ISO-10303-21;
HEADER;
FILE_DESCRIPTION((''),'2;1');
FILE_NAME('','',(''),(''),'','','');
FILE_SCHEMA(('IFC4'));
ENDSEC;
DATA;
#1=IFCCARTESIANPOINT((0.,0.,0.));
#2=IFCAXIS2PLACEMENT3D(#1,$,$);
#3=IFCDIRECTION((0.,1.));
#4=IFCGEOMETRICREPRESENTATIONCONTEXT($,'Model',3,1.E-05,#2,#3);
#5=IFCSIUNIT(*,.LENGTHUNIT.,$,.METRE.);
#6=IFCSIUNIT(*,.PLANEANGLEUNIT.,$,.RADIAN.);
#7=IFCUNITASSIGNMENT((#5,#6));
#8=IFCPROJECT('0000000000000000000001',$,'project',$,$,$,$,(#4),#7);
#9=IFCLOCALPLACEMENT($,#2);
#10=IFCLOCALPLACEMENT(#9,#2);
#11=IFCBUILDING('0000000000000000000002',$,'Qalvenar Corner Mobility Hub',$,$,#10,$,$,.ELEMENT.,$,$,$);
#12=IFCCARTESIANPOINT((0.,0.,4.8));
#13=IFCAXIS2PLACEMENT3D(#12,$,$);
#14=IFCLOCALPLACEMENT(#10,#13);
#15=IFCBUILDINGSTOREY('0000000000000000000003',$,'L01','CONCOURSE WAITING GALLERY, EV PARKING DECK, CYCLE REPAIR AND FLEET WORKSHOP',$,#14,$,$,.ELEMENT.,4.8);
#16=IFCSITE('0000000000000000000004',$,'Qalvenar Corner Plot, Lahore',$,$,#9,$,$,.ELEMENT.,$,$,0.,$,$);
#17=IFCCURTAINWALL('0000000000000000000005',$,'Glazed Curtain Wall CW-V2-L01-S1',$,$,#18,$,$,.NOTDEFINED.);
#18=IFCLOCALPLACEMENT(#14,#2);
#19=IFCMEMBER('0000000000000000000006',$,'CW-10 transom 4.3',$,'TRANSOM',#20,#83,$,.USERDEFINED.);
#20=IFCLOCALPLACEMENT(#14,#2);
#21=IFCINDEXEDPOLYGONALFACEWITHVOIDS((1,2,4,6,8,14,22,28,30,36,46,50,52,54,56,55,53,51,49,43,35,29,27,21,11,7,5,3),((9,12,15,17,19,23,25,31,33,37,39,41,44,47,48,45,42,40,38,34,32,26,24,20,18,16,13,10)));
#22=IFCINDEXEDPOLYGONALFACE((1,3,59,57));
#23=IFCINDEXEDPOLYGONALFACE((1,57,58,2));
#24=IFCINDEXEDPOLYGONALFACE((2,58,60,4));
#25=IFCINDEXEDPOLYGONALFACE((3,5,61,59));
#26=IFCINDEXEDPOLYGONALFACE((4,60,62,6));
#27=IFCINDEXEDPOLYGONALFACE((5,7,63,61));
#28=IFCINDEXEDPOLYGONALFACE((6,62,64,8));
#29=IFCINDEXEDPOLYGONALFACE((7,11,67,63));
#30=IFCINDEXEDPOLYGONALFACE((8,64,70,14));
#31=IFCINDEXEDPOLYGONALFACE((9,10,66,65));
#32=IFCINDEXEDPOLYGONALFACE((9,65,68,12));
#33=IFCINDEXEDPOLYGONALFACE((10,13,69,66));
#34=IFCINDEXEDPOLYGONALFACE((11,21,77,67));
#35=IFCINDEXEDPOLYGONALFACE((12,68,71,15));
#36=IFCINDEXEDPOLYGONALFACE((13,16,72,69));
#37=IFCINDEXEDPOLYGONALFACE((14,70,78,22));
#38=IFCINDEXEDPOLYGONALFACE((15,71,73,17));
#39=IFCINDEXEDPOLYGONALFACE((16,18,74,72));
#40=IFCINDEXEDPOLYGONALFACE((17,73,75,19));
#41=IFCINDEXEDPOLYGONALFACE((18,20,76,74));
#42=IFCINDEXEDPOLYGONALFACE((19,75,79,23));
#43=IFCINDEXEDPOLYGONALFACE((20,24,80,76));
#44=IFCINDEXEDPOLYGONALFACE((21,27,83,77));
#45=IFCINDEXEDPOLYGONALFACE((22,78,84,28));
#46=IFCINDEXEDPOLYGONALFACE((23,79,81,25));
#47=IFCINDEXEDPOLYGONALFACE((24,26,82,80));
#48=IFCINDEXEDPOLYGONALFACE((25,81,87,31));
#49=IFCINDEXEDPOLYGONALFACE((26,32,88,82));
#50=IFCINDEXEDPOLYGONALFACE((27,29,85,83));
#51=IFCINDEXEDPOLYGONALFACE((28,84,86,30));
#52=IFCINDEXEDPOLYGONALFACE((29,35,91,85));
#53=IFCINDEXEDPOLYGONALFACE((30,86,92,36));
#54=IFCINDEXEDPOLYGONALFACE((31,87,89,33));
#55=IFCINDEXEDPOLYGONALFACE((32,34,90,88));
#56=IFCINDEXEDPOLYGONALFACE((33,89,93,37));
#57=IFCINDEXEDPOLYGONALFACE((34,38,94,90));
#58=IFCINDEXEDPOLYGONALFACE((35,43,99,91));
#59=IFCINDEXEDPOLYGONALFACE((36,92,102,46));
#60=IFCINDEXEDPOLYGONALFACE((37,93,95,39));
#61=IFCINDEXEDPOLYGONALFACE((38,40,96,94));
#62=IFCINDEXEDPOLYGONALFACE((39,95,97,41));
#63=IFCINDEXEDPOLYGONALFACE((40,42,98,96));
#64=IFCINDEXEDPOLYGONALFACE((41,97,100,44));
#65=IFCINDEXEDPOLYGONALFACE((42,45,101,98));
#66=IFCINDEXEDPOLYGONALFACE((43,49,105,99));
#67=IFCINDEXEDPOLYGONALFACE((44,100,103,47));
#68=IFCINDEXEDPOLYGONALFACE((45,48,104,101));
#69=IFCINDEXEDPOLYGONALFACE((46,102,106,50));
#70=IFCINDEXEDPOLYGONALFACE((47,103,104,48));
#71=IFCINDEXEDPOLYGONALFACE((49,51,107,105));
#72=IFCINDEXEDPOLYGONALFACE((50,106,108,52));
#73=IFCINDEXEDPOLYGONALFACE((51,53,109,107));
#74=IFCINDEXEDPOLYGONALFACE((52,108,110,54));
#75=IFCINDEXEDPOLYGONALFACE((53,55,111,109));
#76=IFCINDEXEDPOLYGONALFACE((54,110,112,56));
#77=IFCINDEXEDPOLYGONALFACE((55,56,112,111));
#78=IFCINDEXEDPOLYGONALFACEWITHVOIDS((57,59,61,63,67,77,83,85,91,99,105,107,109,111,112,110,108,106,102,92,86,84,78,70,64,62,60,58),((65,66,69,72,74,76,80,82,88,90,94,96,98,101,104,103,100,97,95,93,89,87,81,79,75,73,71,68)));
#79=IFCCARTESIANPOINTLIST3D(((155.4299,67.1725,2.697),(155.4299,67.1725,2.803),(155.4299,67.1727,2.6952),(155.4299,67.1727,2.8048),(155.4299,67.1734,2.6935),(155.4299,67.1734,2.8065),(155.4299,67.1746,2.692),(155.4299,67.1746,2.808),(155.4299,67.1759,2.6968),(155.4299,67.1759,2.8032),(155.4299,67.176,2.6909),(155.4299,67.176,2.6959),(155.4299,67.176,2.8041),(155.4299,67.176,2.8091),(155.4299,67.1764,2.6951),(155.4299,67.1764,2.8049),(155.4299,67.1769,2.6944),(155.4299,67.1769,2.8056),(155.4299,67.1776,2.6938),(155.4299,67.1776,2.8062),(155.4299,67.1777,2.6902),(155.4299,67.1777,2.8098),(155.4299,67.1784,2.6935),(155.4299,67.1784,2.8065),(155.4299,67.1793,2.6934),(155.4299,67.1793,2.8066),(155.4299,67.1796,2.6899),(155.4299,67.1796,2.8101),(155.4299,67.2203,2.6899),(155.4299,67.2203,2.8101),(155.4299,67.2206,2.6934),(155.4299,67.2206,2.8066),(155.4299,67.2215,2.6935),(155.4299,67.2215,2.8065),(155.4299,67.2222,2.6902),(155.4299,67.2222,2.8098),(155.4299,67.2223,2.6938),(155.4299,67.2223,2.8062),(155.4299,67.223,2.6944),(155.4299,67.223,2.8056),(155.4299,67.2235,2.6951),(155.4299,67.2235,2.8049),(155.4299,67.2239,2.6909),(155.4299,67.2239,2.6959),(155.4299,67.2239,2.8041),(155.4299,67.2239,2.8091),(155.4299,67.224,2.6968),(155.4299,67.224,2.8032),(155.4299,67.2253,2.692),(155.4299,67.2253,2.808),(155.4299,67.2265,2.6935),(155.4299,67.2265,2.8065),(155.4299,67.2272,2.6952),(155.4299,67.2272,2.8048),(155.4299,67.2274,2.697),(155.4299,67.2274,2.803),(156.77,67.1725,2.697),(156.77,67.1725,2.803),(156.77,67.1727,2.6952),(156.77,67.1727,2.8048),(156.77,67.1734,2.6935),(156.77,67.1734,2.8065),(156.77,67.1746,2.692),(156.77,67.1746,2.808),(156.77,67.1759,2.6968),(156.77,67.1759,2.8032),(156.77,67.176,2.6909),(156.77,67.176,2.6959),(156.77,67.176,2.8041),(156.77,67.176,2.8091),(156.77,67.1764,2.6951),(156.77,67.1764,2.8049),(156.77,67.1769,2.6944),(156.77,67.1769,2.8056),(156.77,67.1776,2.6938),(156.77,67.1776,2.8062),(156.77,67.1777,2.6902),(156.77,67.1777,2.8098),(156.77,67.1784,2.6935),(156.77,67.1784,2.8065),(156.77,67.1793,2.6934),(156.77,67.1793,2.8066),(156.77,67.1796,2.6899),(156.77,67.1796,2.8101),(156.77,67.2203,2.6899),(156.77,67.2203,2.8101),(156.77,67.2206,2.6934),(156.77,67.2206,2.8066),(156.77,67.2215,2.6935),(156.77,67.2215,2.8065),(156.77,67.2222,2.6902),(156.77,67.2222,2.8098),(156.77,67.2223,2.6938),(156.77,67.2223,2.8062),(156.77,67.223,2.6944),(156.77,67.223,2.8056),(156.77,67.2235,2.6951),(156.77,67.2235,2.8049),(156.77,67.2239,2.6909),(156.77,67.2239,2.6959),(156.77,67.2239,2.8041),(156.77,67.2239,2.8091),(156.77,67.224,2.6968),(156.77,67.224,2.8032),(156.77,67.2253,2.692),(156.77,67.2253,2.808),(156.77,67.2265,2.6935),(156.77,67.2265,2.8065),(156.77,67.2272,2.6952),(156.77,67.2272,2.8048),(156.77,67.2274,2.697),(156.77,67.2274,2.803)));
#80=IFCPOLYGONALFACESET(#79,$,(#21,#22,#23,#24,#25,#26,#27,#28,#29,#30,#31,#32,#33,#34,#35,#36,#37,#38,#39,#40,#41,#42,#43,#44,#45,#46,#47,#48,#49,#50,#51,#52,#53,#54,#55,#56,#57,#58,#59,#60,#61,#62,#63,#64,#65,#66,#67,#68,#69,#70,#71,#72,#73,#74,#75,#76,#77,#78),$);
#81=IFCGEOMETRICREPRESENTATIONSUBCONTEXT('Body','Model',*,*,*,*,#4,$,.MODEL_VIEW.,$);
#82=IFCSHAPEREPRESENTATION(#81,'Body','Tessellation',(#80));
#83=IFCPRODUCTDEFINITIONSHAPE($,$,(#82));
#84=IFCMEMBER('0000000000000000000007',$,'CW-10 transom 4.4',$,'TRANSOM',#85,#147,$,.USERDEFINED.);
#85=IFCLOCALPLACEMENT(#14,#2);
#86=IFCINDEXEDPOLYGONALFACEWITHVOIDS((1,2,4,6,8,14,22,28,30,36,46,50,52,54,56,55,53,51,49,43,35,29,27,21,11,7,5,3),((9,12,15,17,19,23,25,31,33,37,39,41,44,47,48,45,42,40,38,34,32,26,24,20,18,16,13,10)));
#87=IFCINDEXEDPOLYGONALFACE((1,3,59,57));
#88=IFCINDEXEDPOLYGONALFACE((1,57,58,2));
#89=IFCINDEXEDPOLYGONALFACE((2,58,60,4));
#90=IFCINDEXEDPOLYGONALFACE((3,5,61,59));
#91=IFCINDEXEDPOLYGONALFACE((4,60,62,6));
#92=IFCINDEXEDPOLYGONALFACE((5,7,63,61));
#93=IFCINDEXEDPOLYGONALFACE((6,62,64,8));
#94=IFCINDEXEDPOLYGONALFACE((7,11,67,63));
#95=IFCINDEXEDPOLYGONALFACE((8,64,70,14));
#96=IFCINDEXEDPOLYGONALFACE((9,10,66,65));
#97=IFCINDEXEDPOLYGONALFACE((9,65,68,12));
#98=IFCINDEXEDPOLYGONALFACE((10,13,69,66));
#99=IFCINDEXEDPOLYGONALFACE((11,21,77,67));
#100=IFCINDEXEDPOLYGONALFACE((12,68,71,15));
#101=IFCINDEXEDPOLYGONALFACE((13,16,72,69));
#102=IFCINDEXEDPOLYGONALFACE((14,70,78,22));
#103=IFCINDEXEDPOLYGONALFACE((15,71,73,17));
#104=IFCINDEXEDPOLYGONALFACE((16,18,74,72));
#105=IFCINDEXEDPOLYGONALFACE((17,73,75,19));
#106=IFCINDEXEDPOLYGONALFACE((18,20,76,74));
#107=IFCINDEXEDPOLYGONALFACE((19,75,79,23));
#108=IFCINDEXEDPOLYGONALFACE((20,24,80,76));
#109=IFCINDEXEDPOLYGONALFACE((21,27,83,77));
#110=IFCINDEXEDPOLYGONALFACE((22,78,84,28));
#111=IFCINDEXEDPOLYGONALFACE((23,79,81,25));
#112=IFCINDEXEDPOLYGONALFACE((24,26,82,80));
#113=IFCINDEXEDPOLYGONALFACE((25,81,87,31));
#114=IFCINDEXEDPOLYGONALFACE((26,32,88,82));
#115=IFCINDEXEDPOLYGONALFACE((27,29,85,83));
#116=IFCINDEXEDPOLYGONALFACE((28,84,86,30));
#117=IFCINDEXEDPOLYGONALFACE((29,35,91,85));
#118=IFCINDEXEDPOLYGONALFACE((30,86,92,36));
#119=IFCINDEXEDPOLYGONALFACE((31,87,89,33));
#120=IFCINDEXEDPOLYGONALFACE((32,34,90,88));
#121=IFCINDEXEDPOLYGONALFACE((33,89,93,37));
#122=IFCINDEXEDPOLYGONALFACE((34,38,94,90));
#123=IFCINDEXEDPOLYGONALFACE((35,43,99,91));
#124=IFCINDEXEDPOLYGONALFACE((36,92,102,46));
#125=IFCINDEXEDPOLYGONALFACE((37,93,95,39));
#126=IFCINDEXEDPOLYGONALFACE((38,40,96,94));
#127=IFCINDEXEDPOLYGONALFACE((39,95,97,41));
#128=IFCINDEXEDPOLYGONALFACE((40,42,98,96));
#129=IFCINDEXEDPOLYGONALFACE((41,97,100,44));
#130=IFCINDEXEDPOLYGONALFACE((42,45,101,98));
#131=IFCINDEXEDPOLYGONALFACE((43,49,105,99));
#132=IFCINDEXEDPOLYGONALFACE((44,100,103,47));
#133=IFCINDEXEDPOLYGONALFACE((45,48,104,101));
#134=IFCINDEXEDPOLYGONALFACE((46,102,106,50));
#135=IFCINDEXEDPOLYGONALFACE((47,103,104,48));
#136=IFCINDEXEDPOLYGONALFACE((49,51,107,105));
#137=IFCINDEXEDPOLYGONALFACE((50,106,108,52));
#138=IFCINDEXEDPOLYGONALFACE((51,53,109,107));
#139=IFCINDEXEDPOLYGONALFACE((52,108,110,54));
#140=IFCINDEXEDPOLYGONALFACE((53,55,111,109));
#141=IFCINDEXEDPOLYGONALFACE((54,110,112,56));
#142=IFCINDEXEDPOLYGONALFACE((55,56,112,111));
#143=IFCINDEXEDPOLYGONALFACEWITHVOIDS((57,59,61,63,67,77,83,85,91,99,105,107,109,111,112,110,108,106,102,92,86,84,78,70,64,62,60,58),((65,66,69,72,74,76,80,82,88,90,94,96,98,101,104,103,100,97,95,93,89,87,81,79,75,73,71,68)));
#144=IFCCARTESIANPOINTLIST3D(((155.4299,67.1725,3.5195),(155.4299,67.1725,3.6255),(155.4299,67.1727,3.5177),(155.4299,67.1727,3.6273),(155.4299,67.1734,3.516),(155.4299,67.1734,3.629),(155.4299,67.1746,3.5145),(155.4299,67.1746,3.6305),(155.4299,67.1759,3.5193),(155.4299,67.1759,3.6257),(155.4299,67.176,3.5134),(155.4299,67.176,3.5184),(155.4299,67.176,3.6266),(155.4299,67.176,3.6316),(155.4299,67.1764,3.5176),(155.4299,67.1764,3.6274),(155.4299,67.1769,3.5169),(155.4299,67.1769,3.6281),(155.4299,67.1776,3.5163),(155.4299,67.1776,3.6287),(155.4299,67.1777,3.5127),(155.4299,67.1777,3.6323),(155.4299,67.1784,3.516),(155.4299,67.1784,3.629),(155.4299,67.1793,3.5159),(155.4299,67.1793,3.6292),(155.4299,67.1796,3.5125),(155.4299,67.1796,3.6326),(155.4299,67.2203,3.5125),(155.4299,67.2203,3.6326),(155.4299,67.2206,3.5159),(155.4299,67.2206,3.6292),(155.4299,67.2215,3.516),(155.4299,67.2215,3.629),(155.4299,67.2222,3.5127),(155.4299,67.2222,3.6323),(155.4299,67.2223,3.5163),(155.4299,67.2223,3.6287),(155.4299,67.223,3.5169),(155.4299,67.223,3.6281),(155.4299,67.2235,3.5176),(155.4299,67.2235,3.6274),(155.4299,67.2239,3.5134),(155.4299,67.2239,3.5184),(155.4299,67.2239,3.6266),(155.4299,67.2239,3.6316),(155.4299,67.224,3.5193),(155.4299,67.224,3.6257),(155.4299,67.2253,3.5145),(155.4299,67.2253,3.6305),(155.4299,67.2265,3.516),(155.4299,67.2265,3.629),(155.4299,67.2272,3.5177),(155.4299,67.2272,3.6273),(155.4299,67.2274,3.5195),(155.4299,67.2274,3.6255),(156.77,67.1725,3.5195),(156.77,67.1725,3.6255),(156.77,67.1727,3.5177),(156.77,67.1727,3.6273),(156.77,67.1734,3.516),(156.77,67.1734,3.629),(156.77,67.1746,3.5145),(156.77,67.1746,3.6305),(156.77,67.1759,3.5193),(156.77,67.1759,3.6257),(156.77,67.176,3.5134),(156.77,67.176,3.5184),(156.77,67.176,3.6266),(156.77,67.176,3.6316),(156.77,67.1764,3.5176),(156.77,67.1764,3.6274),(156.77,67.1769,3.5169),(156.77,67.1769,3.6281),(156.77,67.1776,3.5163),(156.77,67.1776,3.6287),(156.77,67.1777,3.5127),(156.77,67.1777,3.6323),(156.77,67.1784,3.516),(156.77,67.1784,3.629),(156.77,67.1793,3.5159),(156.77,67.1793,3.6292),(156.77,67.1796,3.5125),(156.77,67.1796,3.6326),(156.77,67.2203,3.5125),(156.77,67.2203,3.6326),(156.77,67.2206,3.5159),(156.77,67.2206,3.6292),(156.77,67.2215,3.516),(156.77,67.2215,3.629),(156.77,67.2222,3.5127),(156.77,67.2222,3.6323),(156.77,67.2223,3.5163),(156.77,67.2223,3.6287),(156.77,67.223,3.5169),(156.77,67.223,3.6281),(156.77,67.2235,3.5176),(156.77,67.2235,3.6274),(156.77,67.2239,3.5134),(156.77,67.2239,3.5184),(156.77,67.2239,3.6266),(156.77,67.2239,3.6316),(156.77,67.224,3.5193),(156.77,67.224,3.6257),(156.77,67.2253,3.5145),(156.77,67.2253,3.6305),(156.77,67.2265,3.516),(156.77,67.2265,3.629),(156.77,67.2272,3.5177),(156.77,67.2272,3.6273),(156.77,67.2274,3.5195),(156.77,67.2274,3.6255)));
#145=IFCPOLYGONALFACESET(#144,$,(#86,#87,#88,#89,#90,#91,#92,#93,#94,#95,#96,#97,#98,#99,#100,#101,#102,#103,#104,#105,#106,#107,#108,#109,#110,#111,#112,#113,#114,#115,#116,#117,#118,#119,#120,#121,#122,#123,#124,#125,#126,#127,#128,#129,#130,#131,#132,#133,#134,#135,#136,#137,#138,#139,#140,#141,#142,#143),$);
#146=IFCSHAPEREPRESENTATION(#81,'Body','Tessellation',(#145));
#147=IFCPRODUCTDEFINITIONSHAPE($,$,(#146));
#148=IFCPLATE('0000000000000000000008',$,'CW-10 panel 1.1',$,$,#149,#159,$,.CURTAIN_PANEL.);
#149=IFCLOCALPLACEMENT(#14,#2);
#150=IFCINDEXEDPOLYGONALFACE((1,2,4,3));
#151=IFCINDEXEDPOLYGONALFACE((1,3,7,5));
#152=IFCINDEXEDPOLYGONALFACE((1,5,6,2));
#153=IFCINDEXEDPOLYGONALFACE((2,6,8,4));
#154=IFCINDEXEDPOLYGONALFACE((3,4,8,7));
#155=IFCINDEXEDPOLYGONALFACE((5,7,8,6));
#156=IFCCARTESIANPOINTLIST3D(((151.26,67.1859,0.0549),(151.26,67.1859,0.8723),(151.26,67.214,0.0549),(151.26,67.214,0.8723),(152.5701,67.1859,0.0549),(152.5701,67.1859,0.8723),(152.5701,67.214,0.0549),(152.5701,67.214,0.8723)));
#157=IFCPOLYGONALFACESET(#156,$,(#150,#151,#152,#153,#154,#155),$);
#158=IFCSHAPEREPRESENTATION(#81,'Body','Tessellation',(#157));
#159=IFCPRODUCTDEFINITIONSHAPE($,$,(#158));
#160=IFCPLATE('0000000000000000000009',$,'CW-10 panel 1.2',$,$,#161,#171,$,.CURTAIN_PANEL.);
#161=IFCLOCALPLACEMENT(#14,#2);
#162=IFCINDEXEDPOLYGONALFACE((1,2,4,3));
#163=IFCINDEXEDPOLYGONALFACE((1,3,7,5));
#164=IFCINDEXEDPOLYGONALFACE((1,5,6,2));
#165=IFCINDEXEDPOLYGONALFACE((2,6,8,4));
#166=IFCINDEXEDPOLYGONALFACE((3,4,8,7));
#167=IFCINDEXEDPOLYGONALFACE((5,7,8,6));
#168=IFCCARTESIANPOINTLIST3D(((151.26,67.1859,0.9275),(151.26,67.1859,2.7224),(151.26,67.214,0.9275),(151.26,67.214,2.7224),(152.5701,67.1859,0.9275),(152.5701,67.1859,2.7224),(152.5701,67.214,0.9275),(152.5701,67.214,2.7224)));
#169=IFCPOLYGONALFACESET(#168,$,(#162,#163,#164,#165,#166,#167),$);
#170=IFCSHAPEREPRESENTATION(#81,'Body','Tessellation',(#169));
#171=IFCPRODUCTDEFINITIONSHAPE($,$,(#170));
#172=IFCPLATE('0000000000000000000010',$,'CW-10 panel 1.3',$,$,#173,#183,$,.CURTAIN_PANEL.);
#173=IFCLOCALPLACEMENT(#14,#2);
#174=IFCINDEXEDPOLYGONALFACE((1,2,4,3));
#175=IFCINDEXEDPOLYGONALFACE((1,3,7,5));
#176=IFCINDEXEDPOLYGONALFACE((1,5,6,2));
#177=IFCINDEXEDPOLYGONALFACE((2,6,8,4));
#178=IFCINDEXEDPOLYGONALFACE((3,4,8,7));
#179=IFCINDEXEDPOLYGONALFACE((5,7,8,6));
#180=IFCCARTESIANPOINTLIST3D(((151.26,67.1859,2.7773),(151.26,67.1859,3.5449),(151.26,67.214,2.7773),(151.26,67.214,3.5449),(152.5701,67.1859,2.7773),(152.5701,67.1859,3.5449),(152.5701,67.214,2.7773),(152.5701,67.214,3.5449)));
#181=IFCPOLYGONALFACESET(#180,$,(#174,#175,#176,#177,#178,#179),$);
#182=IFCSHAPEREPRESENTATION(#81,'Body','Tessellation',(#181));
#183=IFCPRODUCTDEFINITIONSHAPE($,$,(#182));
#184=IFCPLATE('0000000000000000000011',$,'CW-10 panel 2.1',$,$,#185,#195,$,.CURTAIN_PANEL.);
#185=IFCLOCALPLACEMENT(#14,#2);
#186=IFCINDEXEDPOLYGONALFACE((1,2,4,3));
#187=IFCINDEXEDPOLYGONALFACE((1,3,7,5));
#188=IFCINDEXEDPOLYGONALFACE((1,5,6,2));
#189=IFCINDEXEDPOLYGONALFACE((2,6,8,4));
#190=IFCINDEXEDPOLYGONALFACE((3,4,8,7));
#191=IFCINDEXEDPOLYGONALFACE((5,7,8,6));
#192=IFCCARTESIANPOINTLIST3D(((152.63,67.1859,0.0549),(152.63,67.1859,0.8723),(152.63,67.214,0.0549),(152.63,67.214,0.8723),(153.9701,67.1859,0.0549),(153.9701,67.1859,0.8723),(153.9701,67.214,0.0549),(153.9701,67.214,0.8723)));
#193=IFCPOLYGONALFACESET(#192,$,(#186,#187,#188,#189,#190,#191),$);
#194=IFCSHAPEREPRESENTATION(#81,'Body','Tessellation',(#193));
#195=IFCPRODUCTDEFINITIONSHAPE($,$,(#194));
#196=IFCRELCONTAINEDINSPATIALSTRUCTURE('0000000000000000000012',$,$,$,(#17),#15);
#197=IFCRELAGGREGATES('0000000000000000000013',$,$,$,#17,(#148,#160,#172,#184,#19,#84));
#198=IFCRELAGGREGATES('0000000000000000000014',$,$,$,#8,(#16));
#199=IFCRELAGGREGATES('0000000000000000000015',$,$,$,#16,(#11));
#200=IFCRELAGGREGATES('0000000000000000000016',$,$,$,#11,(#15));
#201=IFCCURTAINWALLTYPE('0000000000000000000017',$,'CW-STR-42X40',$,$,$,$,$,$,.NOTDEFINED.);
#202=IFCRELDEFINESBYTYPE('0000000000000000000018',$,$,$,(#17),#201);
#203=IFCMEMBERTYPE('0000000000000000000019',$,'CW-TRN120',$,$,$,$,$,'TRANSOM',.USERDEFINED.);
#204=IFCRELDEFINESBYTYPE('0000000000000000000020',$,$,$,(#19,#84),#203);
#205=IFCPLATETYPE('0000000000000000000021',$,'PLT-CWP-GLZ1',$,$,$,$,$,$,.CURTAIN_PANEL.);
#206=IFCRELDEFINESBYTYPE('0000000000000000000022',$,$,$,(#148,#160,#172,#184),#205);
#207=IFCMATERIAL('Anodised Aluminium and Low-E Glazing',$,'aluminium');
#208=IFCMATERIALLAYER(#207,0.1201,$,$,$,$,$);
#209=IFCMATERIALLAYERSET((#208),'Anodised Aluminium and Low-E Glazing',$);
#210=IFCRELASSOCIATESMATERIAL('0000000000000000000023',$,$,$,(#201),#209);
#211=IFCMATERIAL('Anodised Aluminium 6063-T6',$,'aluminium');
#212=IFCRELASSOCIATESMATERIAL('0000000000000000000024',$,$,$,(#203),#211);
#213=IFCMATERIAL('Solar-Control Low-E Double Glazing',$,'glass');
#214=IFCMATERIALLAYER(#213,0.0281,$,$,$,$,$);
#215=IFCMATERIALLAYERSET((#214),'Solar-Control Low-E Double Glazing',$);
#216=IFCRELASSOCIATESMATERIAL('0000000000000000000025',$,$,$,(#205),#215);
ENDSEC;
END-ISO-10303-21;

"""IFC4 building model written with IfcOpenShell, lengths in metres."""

from ifc_helpers import new_model, si_unit, direction, frame, origin, origin_2d, place, context, subcontext, project, spatial, rectangle, hollow_rectangle, extrude, material, layer, layer_set, material_profile, profile_set, type_object, element, aggregate, save


model = new_model("IFC4")

# Units and contexts
model_context = context("Model", 3, precision=1e-05, world=origin(), true_north=direction((0.0, 1.0)))
body_context = subcontext(model_context, "Body", "Model", "MODEL_VIEW")
ifc_project = project(units=[si_unit("LENGTHUNIT", "METRE"), si_unit("PLANEANGLEUNIT", "RADIAN")], contexts=[model_context])

# Site, building, storey
site_placement = place(None, origin())
site = spatial("IfcSite", under=ifc_project, at=site_placement, Name="Qalvenar Corner Plot, Lahore", CompositionType="ELEMENT", RefElevation=0.0)
building_placement = place(site_placement, origin())
building = spatial("IfcBuilding", under=site, at=building_placement, Name="Qalvenar Corner Mobility Hub", CompositionType="ELEMENT")
storey_placement = place(building_placement, frame((0.0, 0.0, 4.8)))
storey = spatial("IfcBuildingStorey", under=building, at=storey_placement, Name="L01", Description="CONCOURSE WAITING GALLERY, EV PARKING DECK, CYCLE REPAIR AND FLEET WORKSHOP", CompositionType="ELEMENT", Elevation=4.8)

# Curtain wall, members, plates
ifc_material_1 = material(Name="Anodised Aluminium and Low-E Glazing", Category="aluminium")
ifc_layer_1 = layer(ifc_material_1, 0.1201)
ifc_layer_set_1 = layer_set([ifc_layer_1], Name="Anodised Aluminium and Low-E Glazing")
curtain_wall_type = type_object("IfcCurtainWallType", Name="CW-STR-42X40", PredefinedType="NOTDEFINED", material=ifc_layer_set_1)
curtain_wall_placement = place(storey_placement, origin())
curtain_wall = element("IfcCurtainWall", 1, at=curtain_wall_placement, inside=storey, type_object=curtain_wall_type, Name="Glazed Curtain Wall CW-V2-L01-S1", PredefinedType="NOTDEFINED")
ifc_material_2 = material(Name="Anodised Aluminium 6063-T6", Category="aluminium")
ifc_material_profile_1 = material_profile(ifc_material_2, hollow_rectangle(XDim=0.0549, YDim=0.1201, WallThickness=0.0034, InnerFilletRadius=0.0034, OuterFilletRadius=0.0071, at=origin_2d()), Name="RHS120x55x3.5")
ifc_profile_set_1 = profile_set([ifc_material_profile_1], Name="Anodised Aluminium 6063-T6")
member_type_1 = type_object("IfcMemberType", Name="CW-TRN120", ElementType="TRANSOM", PredefinedType="USERDEFINED", material=ifc_profile_set_1)
member_1_placement = place(storey_placement, frame((155.4299, 67.2, 2.75), z_axis=(1.0, 0.0, 0.0), x_axis=(0.0, 1.0, 0.0)))
member_1 = element("IfcMember", 2, at=member_1_placement, type_object=member_type_1, Name="CW-10 transom 4.3", ObjectType="TRANSOM", PredefinedType="USERDEFINED", context=body_context, shape_type="SweptSolid", body=[
    extrude(hollow_rectangle(XDim=0.0549, YDim=0.1201, WallThickness=0.0034, InnerFilletRadius=0.0034, OuterFilletRadius=0.0071, at=origin_2d()), origin(), (0.0, 0.0, 1.0), 1.3401),
])
member_2_placement = place(storey_placement, frame((155.4299, 67.2, 3.5725), z_axis=(1.0, 0.0, 0.0), x_axis=(0.0, 1.0, 0.0)))
member_2 = element("IfcMember", 3, at=member_2_placement, type_object=member_type_1, Name="CW-10 transom 4.4", ObjectType="TRANSOM", PredefinedType="USERDEFINED", context=body_context, shape_type="SweptSolid", body=[
    extrude(hollow_rectangle(XDim=0.0549, YDim=0.1201, WallThickness=0.0034, InnerFilletRadius=0.0034, OuterFilletRadius=0.0071, at=origin_2d()), origin(), (0.0, 0.0, 1.0), 1.3401),
])
ifc_material_3 = material(Name="Solar-Control Low-E Double Glazing", Category="glass")
ifc_layer_2 = layer(ifc_material_3, 0.0281)
ifc_layer_set_2 = layer_set([ifc_layer_2], Name="Solar-Control Low-E Double Glazing")
plate_type = type_object("IfcPlateType", Name="PLT-CWP-GLZ1", PredefinedType="CURTAIN_PANEL", material=ifc_layer_set_2)
plate_1_placement = place(storey_placement, frame((151.915, 67.2, 0.0549), z_axis=(0.0, 0.0, 1.0), x_axis=(1.0, 0.0, 0.0)))
plate_1 = element("IfcPlate", 4, at=plate_1_placement, type_object=plate_type, Name="CW-10 panel 1.1", PredefinedType="CURTAIN_PANEL", context=body_context, shape_type="SweptSolid", body=[
    extrude(rectangle(XDim=1.3101, YDim=0.0281, at=origin_2d()), origin(), (0.0, 0.0, 1.0), 0.8174),
])
plate_2_placement = place(storey_placement, frame((151.915, 67.2, 0.9275), z_axis=(0.0, 0.0, 1.0), x_axis=(1.0, 0.0, 0.0)))
plate_2 = element("IfcPlate", 5, at=plate_2_placement, type_object=plate_type, Name="CW-10 panel 1.2", PredefinedType="CURTAIN_PANEL", context=body_context, shape_type="SweptSolid", body=[
    extrude(rectangle(XDim=1.3101, YDim=0.0281, at=origin_2d()), origin(), (0.0, 0.0, 1.0), 1.7949),
])
plate_3_placement = place(storey_placement, frame((151.915, 67.2, 2.7773), z_axis=(0.0, 0.0, 1.0), x_axis=(1.0, 0.0, 0.0)))
plate_3 = element("IfcPlate", 6, at=plate_3_placement, type_object=plate_type, Name="CW-10 panel 1.3", PredefinedType="CURTAIN_PANEL", context=body_context, shape_type="SweptSolid", body=[
    extrude(rectangle(XDim=1.3101, YDim=0.0281, at=origin_2d()), origin(), (0.0, 0.0, 1.0), 0.7676),
])
plate_4_placement = place(storey_placement, frame((153.3, 67.2, 0.0549), z_axis=(0.0, 0.0, 1.0), x_axis=(1.0, 0.0, 0.0)))
plate_4 = element("IfcPlate", 7, at=plate_4_placement, type_object=plate_type, Name="CW-10 panel 2.1", PredefinedType="CURTAIN_PANEL", context=body_context, shape_type="SweptSolid", body=[
    extrude(rectangle(XDim=1.3401, YDim=0.0281, at=origin_2d()), origin(), (0.0, 0.0, 1.0), 0.8174),
])
aggregate(curtain_wall, [plate_1, plate_2, plate_3, plate_4, member_1, member_2])

save(model, "model.ifc")
